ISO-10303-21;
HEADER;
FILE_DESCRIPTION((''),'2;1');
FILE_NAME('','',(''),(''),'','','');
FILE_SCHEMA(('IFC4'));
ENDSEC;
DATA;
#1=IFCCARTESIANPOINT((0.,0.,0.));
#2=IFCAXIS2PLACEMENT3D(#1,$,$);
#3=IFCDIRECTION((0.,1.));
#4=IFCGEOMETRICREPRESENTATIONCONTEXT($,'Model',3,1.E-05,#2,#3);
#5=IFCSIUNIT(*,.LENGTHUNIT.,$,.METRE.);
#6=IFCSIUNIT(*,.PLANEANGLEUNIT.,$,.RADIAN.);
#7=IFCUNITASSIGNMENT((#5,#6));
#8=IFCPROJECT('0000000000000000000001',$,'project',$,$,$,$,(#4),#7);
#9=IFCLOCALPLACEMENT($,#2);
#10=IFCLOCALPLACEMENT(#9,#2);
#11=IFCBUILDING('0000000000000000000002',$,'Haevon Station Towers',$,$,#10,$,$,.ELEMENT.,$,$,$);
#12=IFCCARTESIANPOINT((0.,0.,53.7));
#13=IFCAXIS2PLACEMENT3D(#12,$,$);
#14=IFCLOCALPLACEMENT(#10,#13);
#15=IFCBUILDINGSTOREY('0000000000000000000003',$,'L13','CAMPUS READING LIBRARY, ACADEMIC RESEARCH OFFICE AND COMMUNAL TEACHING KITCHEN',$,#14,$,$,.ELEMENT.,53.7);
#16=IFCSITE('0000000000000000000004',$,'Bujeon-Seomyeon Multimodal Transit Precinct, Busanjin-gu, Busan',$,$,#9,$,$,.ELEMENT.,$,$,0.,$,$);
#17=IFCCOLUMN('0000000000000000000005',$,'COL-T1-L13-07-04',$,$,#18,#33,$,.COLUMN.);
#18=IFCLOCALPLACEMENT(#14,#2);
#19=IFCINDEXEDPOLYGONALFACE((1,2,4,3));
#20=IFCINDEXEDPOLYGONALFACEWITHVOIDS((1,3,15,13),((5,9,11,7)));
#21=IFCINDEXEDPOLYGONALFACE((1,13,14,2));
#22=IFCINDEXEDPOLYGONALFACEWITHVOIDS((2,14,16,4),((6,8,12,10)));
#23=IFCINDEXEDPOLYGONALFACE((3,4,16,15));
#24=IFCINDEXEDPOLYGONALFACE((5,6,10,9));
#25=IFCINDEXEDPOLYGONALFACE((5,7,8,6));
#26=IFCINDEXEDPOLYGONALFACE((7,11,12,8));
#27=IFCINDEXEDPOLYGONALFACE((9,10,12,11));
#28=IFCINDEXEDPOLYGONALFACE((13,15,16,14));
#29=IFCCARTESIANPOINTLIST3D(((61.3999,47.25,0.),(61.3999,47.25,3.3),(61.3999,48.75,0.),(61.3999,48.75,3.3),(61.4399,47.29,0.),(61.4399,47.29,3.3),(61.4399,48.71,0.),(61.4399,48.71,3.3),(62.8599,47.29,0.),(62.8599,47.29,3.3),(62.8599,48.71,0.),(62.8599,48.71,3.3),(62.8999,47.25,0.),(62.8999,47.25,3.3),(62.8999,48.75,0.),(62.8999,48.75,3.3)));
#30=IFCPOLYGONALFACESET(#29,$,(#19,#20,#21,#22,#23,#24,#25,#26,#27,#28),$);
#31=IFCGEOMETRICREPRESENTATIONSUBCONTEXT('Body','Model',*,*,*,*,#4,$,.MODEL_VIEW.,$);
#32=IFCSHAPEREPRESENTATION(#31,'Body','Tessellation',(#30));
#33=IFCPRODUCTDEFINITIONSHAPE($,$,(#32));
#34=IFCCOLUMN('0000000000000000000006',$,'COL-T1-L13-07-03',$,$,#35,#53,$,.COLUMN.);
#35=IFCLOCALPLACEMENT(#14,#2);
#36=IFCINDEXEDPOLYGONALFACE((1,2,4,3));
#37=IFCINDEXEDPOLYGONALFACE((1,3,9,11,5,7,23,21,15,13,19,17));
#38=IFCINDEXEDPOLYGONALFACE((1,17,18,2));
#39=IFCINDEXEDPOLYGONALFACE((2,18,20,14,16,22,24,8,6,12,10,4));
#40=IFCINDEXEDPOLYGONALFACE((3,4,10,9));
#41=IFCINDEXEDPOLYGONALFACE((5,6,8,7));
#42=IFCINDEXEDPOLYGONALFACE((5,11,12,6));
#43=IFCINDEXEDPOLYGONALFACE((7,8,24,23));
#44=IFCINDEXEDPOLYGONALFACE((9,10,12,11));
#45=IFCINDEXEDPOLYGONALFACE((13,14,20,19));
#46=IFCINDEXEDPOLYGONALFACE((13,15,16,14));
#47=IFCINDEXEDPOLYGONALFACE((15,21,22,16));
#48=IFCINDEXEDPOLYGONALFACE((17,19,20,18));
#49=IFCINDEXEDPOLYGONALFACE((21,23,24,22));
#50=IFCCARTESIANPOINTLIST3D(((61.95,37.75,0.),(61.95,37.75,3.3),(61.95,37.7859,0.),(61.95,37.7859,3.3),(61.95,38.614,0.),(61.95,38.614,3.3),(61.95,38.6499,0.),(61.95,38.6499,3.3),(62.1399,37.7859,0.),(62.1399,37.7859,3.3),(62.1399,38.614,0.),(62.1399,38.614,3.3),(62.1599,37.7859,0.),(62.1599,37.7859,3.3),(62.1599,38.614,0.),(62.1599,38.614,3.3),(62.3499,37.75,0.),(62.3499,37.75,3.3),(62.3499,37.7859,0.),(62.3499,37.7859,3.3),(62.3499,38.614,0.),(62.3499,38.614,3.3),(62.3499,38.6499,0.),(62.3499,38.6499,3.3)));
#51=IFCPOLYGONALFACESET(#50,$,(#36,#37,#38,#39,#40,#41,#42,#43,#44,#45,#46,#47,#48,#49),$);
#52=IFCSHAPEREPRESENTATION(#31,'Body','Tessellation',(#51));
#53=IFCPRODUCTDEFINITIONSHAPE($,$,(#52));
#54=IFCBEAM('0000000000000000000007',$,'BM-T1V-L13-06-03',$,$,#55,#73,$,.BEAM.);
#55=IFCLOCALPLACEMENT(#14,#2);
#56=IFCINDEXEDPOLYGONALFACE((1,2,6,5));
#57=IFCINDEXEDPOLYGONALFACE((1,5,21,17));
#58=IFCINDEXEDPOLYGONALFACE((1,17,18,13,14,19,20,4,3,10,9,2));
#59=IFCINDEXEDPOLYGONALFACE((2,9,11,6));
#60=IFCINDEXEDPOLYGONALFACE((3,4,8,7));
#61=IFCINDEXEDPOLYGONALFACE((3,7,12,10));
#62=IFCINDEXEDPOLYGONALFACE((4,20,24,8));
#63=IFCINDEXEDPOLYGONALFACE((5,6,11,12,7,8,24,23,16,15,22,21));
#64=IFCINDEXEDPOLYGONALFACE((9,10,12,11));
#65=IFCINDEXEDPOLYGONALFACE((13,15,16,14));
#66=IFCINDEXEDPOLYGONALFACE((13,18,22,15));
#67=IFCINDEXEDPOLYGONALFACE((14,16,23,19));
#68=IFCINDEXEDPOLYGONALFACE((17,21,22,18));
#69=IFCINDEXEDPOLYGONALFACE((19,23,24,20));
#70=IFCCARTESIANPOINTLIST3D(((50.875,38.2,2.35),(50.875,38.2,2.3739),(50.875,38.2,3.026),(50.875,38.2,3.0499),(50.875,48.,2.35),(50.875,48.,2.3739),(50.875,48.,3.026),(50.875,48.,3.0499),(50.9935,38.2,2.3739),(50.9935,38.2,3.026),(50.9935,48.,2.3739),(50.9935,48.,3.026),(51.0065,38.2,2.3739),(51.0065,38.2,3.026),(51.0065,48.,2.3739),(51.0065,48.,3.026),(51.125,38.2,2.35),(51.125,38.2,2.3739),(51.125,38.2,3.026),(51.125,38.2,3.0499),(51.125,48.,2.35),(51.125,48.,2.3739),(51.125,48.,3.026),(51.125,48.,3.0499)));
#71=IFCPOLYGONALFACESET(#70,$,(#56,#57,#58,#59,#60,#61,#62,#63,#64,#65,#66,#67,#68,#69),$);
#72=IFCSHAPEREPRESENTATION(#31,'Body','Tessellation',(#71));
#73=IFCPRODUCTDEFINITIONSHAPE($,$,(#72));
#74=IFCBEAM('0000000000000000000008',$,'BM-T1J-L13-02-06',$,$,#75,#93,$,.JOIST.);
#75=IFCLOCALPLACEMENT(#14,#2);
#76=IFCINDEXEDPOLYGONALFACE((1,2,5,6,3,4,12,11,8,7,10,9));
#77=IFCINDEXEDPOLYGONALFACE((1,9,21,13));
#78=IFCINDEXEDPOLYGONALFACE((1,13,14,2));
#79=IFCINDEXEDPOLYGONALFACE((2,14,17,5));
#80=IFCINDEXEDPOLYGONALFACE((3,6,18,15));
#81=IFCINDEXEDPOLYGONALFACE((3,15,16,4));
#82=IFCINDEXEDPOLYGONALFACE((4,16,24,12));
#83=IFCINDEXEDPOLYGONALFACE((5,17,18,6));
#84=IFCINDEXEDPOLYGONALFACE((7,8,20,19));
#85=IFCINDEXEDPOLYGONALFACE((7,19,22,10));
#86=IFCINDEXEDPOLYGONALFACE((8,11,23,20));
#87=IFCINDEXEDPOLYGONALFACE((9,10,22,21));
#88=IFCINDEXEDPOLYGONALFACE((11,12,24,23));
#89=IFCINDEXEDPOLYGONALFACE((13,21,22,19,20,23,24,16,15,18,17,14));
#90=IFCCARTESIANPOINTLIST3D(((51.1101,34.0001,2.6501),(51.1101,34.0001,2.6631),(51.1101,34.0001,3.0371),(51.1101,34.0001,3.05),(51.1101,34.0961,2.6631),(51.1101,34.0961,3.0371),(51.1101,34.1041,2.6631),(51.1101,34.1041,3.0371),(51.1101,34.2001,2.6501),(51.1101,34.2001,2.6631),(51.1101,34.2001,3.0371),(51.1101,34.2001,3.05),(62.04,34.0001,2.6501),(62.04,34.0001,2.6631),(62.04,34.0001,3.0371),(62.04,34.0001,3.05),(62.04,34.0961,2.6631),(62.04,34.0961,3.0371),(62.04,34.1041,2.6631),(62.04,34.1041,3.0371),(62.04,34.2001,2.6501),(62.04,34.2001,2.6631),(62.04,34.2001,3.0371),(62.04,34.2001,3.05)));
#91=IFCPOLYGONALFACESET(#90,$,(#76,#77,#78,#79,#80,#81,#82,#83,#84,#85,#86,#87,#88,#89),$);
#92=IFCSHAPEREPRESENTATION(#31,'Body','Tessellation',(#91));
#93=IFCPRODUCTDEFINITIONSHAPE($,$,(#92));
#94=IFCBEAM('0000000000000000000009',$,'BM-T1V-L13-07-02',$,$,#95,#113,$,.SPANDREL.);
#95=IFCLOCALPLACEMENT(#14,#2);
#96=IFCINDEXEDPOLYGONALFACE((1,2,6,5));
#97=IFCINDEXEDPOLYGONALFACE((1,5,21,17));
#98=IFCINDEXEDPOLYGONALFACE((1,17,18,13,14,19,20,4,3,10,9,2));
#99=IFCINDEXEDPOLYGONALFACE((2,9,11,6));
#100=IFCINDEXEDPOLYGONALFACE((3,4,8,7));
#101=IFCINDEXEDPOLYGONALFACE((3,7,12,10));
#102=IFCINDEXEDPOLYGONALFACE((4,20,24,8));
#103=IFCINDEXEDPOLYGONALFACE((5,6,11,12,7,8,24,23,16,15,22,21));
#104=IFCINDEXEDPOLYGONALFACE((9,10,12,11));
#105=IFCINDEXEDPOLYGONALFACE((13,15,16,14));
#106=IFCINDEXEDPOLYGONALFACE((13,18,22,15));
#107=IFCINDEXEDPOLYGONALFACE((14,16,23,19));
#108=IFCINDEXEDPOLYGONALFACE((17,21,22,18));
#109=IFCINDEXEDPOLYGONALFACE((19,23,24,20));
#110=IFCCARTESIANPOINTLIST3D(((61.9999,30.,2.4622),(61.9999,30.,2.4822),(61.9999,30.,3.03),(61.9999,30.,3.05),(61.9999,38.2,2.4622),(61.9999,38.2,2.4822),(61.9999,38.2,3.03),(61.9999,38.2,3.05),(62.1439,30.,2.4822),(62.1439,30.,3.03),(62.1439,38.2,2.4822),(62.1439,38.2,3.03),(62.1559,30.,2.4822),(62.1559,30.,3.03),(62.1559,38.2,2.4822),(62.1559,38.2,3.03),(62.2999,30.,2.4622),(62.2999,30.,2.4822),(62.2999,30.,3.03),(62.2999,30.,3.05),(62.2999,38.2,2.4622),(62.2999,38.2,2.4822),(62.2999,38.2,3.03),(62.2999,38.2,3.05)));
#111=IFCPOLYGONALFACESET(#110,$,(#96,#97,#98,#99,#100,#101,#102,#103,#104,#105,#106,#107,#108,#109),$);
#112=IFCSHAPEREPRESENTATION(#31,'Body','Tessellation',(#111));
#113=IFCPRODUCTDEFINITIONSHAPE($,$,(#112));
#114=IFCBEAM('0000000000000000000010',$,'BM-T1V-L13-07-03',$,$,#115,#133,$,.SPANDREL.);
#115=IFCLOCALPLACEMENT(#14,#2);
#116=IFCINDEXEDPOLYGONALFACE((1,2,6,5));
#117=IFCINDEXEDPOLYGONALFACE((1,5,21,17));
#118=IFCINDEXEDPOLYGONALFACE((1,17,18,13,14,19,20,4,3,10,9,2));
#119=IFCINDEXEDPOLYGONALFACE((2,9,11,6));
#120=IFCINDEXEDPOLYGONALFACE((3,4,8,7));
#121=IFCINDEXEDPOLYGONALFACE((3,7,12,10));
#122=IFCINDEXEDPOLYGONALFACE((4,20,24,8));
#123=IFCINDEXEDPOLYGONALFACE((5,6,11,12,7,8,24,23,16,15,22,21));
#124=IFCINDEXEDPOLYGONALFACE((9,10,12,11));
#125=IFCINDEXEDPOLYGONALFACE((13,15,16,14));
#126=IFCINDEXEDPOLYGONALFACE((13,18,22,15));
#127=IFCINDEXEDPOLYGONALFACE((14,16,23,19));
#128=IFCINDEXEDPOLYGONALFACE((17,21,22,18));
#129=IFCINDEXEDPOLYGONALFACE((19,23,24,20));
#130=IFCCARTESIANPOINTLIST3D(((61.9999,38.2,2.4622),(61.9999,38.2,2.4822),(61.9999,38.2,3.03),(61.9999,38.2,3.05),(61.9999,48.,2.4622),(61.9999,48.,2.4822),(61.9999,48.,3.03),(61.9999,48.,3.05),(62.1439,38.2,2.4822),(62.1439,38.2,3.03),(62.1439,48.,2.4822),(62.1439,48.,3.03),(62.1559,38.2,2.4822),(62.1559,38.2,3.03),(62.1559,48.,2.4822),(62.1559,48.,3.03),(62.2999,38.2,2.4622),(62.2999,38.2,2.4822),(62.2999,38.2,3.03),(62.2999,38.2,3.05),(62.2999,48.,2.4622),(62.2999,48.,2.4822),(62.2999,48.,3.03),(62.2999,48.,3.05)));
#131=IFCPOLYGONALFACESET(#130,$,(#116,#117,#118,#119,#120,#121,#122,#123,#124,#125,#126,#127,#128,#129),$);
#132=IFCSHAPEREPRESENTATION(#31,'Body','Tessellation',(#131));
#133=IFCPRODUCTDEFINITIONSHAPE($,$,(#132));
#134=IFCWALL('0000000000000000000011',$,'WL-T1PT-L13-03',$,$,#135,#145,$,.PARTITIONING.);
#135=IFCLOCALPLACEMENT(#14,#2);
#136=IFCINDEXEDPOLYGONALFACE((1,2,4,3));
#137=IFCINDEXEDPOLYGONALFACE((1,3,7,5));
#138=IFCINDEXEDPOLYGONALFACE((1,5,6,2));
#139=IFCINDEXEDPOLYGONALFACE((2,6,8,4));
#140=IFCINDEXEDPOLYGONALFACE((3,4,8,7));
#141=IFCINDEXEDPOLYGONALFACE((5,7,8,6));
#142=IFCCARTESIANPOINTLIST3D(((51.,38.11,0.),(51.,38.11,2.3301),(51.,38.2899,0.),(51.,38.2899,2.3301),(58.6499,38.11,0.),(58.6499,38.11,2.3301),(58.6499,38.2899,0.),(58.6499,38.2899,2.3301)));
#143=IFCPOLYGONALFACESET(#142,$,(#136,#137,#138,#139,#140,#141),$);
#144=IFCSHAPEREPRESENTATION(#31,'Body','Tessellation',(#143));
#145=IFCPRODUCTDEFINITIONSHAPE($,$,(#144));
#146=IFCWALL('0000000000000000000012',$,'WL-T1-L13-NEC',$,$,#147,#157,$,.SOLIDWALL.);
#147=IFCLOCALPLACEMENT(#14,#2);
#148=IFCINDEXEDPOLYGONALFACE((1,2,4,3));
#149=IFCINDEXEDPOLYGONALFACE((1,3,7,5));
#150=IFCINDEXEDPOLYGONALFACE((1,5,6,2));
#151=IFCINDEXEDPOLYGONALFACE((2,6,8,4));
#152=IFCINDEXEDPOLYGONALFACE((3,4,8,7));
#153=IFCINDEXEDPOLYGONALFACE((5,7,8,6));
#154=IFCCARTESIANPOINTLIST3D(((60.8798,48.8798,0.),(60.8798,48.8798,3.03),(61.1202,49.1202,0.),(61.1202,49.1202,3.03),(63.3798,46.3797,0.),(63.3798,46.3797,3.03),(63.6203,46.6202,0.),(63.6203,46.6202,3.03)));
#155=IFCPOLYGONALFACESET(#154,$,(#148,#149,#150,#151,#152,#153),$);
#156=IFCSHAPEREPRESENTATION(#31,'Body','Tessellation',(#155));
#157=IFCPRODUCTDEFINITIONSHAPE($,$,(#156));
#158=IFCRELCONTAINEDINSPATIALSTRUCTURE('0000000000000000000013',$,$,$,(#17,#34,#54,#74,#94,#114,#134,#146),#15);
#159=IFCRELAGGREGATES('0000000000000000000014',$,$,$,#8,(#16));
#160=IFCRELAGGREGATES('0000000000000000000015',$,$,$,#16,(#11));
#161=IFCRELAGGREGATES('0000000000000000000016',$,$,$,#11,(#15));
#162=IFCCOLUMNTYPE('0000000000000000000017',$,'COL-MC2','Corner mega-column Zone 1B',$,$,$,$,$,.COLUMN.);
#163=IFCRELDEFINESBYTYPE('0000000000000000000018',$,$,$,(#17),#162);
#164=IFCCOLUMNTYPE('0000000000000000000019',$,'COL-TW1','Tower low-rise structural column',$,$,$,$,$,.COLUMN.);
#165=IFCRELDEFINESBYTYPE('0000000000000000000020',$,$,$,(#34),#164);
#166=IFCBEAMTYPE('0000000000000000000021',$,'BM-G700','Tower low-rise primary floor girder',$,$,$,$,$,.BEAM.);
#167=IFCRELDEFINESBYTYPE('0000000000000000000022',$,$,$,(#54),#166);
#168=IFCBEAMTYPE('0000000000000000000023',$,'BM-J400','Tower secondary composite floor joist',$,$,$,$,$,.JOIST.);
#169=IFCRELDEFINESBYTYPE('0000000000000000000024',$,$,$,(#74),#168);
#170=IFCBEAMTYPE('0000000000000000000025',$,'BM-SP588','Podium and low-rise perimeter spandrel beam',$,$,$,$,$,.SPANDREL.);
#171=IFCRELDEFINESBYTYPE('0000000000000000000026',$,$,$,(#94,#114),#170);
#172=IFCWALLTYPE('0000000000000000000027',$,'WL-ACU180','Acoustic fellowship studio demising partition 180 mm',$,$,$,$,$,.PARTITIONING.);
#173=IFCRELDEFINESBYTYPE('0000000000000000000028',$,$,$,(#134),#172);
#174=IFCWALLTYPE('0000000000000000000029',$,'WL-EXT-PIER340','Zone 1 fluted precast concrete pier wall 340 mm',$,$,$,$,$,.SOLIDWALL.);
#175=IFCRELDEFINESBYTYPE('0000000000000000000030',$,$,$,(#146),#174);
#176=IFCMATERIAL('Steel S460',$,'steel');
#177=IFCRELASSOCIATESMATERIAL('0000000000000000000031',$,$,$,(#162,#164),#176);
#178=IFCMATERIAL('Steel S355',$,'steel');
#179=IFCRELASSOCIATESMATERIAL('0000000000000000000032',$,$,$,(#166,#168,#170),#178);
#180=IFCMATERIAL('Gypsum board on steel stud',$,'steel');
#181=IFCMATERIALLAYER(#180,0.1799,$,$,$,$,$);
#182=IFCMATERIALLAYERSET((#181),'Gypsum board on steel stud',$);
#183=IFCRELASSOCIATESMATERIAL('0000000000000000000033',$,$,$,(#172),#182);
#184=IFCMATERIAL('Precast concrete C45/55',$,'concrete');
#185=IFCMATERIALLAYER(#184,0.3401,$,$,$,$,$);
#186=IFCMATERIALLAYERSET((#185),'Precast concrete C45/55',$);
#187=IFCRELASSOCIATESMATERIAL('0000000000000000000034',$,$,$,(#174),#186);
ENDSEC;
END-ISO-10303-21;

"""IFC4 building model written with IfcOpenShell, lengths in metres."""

from ifc_helpers import new_model, si_unit, direction, frame, frame_2d, origin, origin_2d, place, context, subcontext, project, spatial, rectangle, hollow_rectangle, i_section, extrude, material, layer, layer_set, material_profile, profile_set, type_object, element, save


model = new_model("IFC4")

# Units and contexts
model_context = context("Model", 3, precision=1e-05, world=origin(), true_north=direction((0.0, 1.0)))
body_context = subcontext(model_context, "Body", "Model", "MODEL_VIEW")
ifc_project = project(units=[si_unit("LENGTHUNIT", "METRE"), si_unit("PLANEANGLEUNIT", "RADIAN")], contexts=[model_context])

# Site, building, storey
site_placement = place(None, origin())
site = spatial("IfcSite", under=ifc_project, at=site_placement, Name="Bujeon-Seomyeon Multimodal Transit Precinct, Busanjin-gu, Busan", CompositionType="ELEMENT", RefElevation=0.0)
building_placement = place(site_placement, origin())
building = spatial("IfcBuilding", under=site, at=building_placement, Name="Haevon Station Towers", CompositionType="ELEMENT")
storey_placement = place(building_placement, frame((0.0, 0.0, 53.7)))
storey = spatial("IfcBuildingStorey", under=building, at=storey_placement, Name="L13", Description="CAMPUS READING LIBRARY, ACADEMIC RESEARCH OFFICE AND COMMUNAL TEACHING KITCHEN", CompositionType="ELEMENT", Elevation=53.7)

# Columns
ifc_material_1 = material(Name="Steel S460", Category="steel")
ifc_material_profile_1 = material_profile(ifc_material_1, hollow_rectangle(XDim=1.5, YDim=1.5, WallThickness=0.04, at=origin_2d()), Name="BOX-1500x1500x40")
ifc_profile_set_1 = profile_set([ifc_material_profile_1], Name="Steel S460")
column_type_1 = type_object("IfcColumnType", Name="COL-MC2", Description="Corner mega-column Zone 1B", PredefinedType="COLUMN", material=ifc_profile_set_1)
column_1_placement = place(storey_placement, frame((62.1499, 48.0, 0.0), z_axis=(0.0, 0.0, 1.0), x_axis=(1.0, 0.0, 0.0)))
element("IfcColumn", 1, at=column_1_placement, inside=storey, type_object=column_type_1, Name="COL-T1-L13-07-04", PredefinedType="COLUMN", context=body_context, shape_type="SweptSolid", body=[
    extrude(hollow_rectangle(XDim=1.5, YDim=1.5, WallThickness=0.04, at=origin_2d()), origin(), (0.0, 0.0, 1.0), 3.3),
])
ifc_material_profile_2 = material_profile(ifc_material_1, i_section(OverallWidth=0.3999, OverallDepth=0.8999, WebThickness=0.02, FlangeThickness=0.0359, at=origin_2d()), Name="H-900x400x20x36")
ifc_profile_set_2 = profile_set([ifc_material_profile_2], Name="Steel S460")
column_type_2 = type_object("IfcColumnType", Name="COL-TW1", Description="Tower low-rise structural column", PredefinedType="COLUMN", material=ifc_profile_set_2)
column_2_placement = place(storey_placement, frame((62.1499, 38.2, 0.0), z_axis=(0.0, 0.0, 1.0), x_axis=(1.0, 0.0, 0.0)))
element("IfcColumn", 2, at=column_2_placement, inside=storey, type_object=column_type_2, Name="COL-T1-L13-07-03", PredefinedType="COLUMN", context=body_context, shape_type="SweptSolid", body=[
    extrude(i_section(OverallWidth=0.3999, OverallDepth=0.8999, WebThickness=0.02, FlangeThickness=0.0359, at=origin_2d()), origin(), (0.0, 0.0, 1.0), 3.3),
])

# Beams
ifc_material_2 = material(Name="Steel S355", Category="steel")
ifc_material_profile_3 = material_profile(ifc_material_2, i_section(OverallWidth=0.25, OverallDepth=0.7, WebThickness=0.0129, FlangeThickness=0.0239, at=origin_2d()), Name="H-700x250x13x24")
ifc_profile_set_3 = profile_set([ifc_material_profile_3], Name="Steel S355")
beam_type_1 = type_object("IfcBeamType", Name="BM-G700", Description="Tower low-rise primary floor girder", PredefinedType="BEAM", material=ifc_profile_set_3)
beam_1_placement = place(storey_placement, frame((51.0, 38.2, 2.7), z_axis=(0.0, 1.0, 0.0), x_axis=(-1.0, 0.0, 0.0)))
element("IfcBeam", 3, at=beam_1_placement, inside=storey, type_object=beam_type_1, Name="BM-T1V-L13-06-03", PredefinedType="BEAM", context=body_context, shape_type="SweptSolid", body=[
    extrude(i_section(OverallWidth=0.25, OverallDepth=0.7, WebThickness=0.0129, FlangeThickness=0.0239, at=origin_2d()), origin(), (0.0, 0.0, 1.0), 9.8),
])
ifc_material_profile_4 = material_profile(ifc_material_2, i_section(OverallWidth=0.2, OverallDepth=0.3999, WebThickness=0.0081, FlangeThickness=0.0129, at=origin_2d()), Name="H-400x200x8x13")
ifc_profile_set_4 = profile_set([ifc_material_profile_4], Name="Steel S355")
beam_type_2 = type_object("IfcBeamType", Name="BM-J400", Description="Tower secondary composite floor joist", PredefinedType="JOIST", material=ifc_profile_set_4)
beam_2_placement = place(storey_placement, frame((51.1101, 34.1001, 2.8501), z_axis=(1.0, 0.0, 0.0), x_axis=(0.0, 1.0, 0.0)))
element("IfcBeam", 4, at=beam_2_placement, inside=storey, type_object=beam_type_2, Name="BM-T1J-L13-02-06", PredefinedType="JOIST", context=body_context, shape_type="SweptSolid", body=[
    extrude(i_section(OverallWidth=0.2, OverallDepth=0.3999, WebThickness=0.0081, FlangeThickness=0.0129, at=origin_2d()), origin(), (0.0, 0.0, 1.0), 10.9299),
])
ifc_material_profile_5 = material_profile(ifc_material_2, i_section(OverallWidth=0.3, OverallDepth=0.5879, WebThickness=0.012, FlangeThickness=0.02, at=origin_2d()), Name="H-588x300x12x20")
ifc_profile_set_5 = profile_set([ifc_material_profile_5], Name="Steel S355")
beam_type_3 = type_object("IfcBeamType", Name="BM-SP588", Description="Podium and low-rise perimeter spandrel beam", PredefinedType="SPANDREL", material=ifc_profile_set_5)
beam_3_placement = place(storey_placement, frame((62.1499, 30.0, 2.7561), z_axis=(0.0, 1.0, 0.0), x_axis=(-1.0, 0.0, 0.0)))
element("IfcBeam", 5, at=beam_3_placement, inside=storey, type_object=beam_type_3, Name="BM-T1V-L13-07-02", PredefinedType="SPANDREL", context=body_context, shape_type="SweptSolid", body=[
    extrude(i_section(OverallWidth=0.3, OverallDepth=0.5879, WebThickness=0.012, FlangeThickness=0.02, at=origin_2d()), origin(), (0.0, 0.0, 1.0), 8.2),
])
beam_4_placement = place(storey_placement, frame((62.1499, 38.2, 2.7561), z_axis=(0.0, 1.0, 0.0), x_axis=(-1.0, 0.0, 0.0)))
element("IfcBeam", 6, at=beam_4_placement, inside=storey, type_object=beam_type_3, Name="BM-T1V-L13-07-03", PredefinedType="SPANDREL", context=body_context, shape_type="SweptSolid", body=[
    extrude(i_section(OverallWidth=0.3, OverallDepth=0.5879, WebThickness=0.012, FlangeThickness=0.02, at=origin_2d()), origin(), (0.0, 0.0, 1.0), 9.8),
])

# Walls
ifc_material_3 = material(Name="Gypsum board on steel stud", Category="steel")
ifc_layer_1 = layer(ifc_material_3, 0.1799)
ifc_layer_set_1 = layer_set([ifc_layer_1], Name="Gypsum board on steel stud")
wall_type_1 = type_object("IfcWallType", Name="WL-ACU180", Description="Acoustic fellowship studio demising partition 180 mm", PredefinedType="PARTITIONING", material=ifc_layer_set_1)
wall_1_placement = place(storey_placement, frame((51.0, 38.2, 0.0), z_axis=(0.0, 0.0, 1.0), x_axis=(1.0, 0.0, 0.0)))
element("IfcWall", 7, at=wall_1_placement, inside=storey, type_object=wall_type_1, Name="WL-T1PT-L13-03", PredefinedType="PARTITIONING", context=body_context, shape_type="SweptSolid", body=[
    extrude(rectangle(XDim=7.6499, YDim=0.1799, at=frame_2d((3.825, 0.0))), origin(), (0.0, 0.0, 1.0), 2.3301),
])
ifc_material_4 = material(Name="Precast concrete C45/55", Category="concrete")
ifc_layer_2 = layer(ifc_material_4, 0.3401)
ifc_layer_set_2 = layer_set([ifc_layer_2], Name="Precast concrete C45/55")
wall_type_2 = type_object("IfcWallType", Name="WL-EXT-PIER340", Description="Zone 1 fluted precast concrete pier wall 340 mm", PredefinedType="SOLIDWALL", material=ifc_layer_set_2)
wall_2_placement = place(storey_placement, frame((61.0, 49.0, 0.0), z_axis=(0.0, 0.0, 1.0), x_axis=(0.707107, -0.707107, 0.0)))
element("IfcWall", 8, at=wall_2_placement, inside=storey, type_object=wall_type_2, Name="WL-T1-L13-NEC", PredefinedType="SOLIDWALL", context=body_context, shape_type="SweptSolid", body=[
    extrude(rectangle(XDim=3.5356, YDim=0.3401, at=frame_2d((1.7678, 0.0))), origin(), (0.0, 0.0, 1.0), 3.03),
])

save(model, "model.ifc")
